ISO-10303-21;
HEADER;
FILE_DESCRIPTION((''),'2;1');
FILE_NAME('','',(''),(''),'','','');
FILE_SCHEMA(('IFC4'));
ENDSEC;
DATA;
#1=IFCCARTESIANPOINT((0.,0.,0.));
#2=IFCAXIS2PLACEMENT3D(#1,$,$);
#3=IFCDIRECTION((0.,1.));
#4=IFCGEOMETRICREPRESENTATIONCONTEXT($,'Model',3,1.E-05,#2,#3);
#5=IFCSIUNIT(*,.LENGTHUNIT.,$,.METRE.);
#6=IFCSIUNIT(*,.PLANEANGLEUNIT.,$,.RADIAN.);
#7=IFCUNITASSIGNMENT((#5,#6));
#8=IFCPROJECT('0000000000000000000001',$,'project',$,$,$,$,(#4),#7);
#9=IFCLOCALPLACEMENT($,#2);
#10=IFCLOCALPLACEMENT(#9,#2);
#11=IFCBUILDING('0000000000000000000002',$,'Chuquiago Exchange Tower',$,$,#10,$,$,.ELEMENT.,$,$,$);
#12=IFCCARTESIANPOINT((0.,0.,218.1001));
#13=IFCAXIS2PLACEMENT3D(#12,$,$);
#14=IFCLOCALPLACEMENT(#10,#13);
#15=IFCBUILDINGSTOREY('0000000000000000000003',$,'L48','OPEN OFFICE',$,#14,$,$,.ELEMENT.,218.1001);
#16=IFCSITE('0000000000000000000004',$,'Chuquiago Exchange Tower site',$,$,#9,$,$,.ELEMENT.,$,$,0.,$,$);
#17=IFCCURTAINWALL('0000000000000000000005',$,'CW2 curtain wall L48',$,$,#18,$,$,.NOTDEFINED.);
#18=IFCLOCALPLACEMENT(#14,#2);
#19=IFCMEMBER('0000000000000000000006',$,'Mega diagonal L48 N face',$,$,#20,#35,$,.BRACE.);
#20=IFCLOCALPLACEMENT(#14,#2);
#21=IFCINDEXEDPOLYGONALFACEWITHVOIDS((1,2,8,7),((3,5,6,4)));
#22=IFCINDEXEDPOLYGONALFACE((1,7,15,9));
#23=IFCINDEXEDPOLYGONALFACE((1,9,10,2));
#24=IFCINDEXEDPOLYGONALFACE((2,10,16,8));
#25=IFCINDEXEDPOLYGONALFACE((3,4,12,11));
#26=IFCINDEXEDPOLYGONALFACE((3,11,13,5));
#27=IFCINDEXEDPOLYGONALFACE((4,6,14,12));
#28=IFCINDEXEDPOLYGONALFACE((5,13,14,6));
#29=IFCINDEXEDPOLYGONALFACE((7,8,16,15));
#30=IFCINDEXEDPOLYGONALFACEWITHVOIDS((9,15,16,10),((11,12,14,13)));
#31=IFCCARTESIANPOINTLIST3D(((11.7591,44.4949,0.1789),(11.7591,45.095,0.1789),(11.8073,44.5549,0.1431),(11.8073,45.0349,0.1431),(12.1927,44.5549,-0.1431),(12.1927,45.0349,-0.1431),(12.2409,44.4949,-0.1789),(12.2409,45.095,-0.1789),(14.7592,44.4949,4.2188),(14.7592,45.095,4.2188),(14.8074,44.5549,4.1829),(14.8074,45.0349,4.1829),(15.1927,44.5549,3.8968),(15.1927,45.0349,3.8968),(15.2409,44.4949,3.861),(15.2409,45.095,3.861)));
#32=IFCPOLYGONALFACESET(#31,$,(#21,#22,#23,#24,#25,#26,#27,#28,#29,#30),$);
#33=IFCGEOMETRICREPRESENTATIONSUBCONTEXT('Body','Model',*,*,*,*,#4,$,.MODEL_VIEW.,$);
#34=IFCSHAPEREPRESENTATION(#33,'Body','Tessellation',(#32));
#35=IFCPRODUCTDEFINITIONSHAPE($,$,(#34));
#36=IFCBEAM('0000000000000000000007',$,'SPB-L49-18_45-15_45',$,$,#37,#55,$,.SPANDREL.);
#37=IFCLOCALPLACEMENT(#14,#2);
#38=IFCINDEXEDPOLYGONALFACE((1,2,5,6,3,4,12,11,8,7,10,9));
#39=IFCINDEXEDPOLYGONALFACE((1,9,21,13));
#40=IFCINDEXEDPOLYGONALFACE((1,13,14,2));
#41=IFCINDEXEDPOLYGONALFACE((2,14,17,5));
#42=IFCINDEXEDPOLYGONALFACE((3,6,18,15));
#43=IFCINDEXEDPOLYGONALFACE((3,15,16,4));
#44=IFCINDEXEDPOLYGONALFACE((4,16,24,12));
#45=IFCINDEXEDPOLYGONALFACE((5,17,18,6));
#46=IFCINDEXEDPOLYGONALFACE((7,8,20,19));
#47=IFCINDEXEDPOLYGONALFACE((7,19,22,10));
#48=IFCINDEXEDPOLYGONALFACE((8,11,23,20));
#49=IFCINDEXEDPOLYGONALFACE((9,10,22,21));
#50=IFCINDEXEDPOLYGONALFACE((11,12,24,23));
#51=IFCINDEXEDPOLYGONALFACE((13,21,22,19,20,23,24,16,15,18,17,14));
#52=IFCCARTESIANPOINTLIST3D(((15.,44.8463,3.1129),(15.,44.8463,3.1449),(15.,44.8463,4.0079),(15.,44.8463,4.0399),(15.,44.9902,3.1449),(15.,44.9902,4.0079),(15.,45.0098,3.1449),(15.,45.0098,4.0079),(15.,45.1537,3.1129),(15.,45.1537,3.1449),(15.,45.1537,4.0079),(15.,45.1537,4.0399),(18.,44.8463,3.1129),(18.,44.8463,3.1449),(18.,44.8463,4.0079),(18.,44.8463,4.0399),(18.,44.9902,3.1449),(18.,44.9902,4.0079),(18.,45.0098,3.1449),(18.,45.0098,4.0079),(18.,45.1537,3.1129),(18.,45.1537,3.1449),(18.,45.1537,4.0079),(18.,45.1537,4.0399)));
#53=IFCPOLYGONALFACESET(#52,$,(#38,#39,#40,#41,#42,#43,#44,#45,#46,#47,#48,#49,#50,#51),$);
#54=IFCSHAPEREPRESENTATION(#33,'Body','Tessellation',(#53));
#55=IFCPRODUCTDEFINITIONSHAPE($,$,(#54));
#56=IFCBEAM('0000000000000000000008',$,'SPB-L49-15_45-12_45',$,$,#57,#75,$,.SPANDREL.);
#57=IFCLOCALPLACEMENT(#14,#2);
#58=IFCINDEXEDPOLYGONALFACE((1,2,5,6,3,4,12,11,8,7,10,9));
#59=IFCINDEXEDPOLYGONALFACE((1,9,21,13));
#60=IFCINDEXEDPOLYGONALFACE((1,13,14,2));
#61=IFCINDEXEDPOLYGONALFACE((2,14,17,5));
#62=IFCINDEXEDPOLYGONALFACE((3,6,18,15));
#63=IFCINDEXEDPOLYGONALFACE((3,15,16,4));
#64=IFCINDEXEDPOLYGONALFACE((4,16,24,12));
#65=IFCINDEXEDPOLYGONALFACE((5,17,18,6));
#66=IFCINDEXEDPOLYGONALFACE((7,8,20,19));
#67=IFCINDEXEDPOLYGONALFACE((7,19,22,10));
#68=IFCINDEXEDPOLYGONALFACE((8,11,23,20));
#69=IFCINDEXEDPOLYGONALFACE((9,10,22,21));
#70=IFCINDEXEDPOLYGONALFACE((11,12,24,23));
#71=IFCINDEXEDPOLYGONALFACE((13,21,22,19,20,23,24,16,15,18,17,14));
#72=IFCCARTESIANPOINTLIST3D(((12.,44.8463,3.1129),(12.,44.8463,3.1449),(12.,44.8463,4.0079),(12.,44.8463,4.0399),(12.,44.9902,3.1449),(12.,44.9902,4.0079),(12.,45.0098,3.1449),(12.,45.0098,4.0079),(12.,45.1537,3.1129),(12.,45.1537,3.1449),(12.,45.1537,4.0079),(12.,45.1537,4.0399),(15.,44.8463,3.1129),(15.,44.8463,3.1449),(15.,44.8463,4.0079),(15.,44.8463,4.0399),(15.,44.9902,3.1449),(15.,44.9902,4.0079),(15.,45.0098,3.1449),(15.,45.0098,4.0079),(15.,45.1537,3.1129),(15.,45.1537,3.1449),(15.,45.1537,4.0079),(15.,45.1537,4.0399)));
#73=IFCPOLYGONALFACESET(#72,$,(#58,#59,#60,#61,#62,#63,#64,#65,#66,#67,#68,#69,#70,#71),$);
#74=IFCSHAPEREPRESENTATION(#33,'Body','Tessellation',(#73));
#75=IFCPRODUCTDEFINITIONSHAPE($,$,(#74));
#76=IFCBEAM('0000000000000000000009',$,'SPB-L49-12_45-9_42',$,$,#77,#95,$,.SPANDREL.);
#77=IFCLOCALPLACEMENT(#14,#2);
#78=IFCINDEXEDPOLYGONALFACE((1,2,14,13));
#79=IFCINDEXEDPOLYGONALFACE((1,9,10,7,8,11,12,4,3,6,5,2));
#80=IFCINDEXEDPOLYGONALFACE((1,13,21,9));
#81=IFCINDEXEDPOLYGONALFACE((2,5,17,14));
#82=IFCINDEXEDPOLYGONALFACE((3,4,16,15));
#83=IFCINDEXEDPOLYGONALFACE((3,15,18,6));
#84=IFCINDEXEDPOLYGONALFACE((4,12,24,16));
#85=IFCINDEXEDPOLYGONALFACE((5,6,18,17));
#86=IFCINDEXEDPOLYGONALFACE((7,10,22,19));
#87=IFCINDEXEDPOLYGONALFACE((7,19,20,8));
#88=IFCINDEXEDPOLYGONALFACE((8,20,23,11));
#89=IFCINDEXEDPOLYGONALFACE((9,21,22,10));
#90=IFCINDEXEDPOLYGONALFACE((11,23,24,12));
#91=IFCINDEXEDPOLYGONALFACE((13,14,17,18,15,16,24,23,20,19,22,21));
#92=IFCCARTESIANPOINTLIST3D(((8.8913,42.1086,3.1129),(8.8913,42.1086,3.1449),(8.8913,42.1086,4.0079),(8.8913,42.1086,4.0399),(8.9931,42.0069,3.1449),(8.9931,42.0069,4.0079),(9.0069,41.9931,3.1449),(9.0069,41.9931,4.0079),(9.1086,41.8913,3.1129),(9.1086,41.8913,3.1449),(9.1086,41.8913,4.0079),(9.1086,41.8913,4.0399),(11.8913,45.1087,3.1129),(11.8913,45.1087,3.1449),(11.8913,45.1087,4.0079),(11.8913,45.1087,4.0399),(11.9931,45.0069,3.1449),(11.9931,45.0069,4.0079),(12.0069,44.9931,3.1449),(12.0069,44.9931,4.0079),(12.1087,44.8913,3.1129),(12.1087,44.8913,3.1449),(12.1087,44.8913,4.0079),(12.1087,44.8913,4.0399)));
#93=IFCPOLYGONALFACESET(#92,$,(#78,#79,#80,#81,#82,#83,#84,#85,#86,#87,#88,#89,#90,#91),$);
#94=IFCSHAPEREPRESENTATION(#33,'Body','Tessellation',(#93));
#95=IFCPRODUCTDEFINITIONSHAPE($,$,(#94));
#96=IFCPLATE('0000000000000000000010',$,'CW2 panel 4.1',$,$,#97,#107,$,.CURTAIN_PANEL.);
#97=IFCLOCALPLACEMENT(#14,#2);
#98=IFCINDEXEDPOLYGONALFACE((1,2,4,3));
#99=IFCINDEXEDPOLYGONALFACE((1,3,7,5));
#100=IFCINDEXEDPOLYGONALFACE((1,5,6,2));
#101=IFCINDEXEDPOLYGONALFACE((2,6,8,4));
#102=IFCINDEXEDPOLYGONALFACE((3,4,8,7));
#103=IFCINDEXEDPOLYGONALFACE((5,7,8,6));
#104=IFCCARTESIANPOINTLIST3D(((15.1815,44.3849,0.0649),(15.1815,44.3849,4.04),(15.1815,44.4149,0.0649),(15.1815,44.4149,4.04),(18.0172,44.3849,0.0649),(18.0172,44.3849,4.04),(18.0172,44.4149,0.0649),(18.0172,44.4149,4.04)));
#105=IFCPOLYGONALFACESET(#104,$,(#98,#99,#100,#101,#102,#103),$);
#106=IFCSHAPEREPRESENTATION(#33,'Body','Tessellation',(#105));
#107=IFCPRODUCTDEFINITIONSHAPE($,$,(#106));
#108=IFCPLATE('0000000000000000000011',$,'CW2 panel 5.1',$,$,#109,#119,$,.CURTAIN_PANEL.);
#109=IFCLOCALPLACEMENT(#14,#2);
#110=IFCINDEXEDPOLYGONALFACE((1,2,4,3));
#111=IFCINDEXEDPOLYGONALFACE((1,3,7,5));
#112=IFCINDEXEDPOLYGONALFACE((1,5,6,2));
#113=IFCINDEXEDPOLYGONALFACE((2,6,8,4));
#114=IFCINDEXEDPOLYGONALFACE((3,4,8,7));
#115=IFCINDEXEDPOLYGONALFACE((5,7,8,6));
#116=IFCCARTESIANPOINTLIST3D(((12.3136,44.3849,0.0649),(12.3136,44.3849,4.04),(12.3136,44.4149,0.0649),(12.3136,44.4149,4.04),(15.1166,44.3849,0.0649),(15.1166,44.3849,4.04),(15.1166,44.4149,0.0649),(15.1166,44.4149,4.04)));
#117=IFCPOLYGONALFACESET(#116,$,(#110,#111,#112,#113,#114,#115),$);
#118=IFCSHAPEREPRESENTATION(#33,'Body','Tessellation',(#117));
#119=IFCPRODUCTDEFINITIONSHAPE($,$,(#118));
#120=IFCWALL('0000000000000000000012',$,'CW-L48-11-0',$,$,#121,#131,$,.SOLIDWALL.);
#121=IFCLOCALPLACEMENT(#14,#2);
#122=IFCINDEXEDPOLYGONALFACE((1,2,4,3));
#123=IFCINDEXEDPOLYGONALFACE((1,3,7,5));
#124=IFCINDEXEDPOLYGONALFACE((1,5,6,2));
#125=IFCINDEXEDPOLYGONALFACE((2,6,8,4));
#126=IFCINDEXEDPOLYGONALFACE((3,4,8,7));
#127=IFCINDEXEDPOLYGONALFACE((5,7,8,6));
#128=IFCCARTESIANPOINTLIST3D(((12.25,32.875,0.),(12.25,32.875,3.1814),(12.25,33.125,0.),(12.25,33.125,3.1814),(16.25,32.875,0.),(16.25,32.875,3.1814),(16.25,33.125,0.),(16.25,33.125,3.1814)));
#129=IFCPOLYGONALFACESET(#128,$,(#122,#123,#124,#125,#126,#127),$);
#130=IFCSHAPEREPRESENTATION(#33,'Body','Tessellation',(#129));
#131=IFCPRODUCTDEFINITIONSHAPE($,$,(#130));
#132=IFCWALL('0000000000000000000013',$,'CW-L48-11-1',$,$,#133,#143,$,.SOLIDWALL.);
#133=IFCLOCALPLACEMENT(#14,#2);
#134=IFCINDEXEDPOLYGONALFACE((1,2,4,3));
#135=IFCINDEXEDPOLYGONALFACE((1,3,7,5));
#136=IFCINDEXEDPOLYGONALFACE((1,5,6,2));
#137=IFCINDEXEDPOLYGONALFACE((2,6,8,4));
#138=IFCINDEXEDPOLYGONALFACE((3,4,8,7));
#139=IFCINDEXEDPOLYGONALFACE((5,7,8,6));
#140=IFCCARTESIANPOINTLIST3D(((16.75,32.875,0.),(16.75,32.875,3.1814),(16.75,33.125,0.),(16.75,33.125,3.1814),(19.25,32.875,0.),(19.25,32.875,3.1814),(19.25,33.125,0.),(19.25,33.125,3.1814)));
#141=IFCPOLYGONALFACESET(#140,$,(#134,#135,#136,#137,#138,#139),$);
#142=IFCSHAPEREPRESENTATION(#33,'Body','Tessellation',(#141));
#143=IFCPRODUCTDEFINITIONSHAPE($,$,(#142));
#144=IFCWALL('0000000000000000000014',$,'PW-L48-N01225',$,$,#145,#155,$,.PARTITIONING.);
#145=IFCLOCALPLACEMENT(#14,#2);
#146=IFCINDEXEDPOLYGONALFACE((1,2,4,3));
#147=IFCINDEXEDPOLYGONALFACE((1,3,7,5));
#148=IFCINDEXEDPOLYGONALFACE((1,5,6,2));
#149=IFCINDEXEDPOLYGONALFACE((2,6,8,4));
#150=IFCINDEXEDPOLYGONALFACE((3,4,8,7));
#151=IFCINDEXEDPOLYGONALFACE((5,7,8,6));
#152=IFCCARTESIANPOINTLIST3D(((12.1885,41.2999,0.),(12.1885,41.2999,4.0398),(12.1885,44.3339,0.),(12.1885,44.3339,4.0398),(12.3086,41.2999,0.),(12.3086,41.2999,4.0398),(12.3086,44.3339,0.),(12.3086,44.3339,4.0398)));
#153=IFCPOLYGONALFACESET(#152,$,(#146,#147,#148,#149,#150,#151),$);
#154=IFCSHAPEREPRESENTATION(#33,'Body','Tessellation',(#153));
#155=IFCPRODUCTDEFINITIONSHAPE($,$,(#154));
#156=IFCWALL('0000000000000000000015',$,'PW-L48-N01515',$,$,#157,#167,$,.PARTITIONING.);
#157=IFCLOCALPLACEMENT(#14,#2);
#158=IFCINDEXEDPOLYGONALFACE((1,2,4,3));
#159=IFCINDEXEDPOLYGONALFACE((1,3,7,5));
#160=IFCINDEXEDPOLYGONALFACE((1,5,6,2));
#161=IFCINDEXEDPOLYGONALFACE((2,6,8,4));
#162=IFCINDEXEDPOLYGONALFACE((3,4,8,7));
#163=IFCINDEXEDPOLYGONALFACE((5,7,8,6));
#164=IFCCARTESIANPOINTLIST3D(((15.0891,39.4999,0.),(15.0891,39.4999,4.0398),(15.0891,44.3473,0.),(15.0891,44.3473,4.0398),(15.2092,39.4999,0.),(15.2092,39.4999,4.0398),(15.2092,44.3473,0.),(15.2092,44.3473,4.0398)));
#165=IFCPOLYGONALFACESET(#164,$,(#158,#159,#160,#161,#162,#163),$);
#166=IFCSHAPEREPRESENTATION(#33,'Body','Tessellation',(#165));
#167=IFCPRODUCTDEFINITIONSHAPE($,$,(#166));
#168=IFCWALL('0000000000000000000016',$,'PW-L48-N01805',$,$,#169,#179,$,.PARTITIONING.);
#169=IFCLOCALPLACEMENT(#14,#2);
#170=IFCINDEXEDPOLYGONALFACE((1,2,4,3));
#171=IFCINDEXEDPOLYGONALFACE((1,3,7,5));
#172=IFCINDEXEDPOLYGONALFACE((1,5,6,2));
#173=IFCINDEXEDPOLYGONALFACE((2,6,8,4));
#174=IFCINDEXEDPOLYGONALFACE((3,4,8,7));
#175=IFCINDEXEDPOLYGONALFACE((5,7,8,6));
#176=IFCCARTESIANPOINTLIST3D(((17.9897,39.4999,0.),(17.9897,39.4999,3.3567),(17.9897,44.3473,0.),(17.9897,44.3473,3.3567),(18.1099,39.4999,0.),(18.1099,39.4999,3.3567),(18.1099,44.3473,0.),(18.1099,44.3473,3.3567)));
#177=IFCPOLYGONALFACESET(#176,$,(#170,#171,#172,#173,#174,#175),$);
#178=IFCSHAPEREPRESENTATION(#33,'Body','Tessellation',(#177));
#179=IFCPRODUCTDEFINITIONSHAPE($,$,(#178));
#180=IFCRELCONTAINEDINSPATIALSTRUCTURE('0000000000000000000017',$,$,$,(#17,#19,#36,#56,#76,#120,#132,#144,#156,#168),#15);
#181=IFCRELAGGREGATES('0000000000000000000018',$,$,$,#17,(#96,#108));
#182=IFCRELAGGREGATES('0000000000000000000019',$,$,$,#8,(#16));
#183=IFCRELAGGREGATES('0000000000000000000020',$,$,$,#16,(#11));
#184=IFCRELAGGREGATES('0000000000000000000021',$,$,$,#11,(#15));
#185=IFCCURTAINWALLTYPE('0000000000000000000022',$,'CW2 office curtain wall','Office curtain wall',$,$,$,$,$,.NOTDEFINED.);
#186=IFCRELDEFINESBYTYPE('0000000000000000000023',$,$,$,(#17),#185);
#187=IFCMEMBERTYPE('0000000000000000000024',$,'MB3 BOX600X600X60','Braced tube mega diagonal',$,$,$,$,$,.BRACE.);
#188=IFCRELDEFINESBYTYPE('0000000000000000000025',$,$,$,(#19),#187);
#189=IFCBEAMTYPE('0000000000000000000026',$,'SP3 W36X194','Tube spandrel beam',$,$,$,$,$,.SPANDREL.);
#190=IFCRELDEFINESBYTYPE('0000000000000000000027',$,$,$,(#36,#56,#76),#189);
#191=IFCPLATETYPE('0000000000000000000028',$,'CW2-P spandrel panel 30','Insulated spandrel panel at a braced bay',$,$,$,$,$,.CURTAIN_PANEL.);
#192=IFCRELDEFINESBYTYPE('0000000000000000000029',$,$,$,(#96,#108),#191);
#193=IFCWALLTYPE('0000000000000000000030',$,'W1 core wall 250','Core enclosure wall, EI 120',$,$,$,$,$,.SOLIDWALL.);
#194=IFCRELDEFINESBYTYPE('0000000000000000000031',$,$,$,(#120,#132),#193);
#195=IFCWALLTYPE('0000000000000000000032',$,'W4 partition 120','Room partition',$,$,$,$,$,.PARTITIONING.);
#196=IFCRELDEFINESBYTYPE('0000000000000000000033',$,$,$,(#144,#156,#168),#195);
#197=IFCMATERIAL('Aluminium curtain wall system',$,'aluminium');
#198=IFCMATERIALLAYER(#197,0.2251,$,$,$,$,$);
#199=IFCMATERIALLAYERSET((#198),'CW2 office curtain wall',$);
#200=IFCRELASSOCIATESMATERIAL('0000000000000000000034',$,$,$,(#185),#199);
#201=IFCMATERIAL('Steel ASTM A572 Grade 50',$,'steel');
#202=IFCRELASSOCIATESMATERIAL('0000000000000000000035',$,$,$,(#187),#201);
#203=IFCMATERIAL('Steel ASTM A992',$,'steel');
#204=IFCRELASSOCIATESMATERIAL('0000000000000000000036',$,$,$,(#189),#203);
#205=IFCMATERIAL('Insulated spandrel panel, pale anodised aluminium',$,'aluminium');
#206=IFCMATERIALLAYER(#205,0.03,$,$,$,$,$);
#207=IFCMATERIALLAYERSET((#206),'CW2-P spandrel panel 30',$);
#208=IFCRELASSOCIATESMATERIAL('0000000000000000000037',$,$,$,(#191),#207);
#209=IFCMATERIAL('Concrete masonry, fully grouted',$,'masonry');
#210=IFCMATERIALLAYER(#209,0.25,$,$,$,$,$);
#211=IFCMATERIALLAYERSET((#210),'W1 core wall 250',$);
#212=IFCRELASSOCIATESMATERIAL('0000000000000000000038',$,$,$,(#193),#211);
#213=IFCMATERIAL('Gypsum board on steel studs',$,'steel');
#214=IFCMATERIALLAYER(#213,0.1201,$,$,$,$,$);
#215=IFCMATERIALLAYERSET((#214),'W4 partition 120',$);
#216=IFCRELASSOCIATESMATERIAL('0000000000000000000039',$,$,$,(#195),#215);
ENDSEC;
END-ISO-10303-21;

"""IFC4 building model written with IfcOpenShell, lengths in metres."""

from ifc_helpers import new_model, si_unit, direction, frame, frame_2d, origin, origin_2d, place, context, subcontext, project, spatial, rectangle, hollow_rectangle, i_section, extrude, material, layer, layer_set, material_profile, profile_set, type_object, element, aggregate, save


model = new_model("IFC4")

# Units and contexts
model_context = context("Model", 3, precision=1e-05, world=origin(), true_north=direction((0.0, 1.0)))
body_context = subcontext(model_context, "Body", "Model", "MODEL_VIEW")
ifc_project = project(units=[si_unit("LENGTHUNIT", "METRE"), si_unit("PLANEANGLEUNIT", "RADIAN")], contexts=[model_context])

# Site, building, storey
site_placement = place(None, origin())
site = spatial("IfcSite", under=ifc_project, at=site_placement, Name="Chuquiago Exchange Tower site", CompositionType="ELEMENT", RefElevation=0.0)
building_placement = place(site_placement, origin())
building = spatial("IfcBuilding", under=site, at=building_placement, Name="Chuquiago Exchange Tower", CompositionType="ELEMENT")
storey_placement = place(building_placement, frame((0.0, 0.0, 218.1001)))
storey = spatial("IfcBuildingStorey", under=building, at=storey_placement, Name="L48", Description="OPEN OFFICE", CompositionType="ELEMENT", Elevation=218.1001)

# Curtain wall
ifc_material_1 = material(Name="Aluminium curtain wall system", Category="aluminium")
ifc_layer_1 = layer(ifc_material_1, 0.2251)
ifc_layer_set_1 = layer_set([ifc_layer_1], Name="CW2 office curtain wall")
curtain_wall_type_1 = type_object("IfcCurtainWallType", Name="CW2 office curtain wall", Description="Office curtain wall", PredefinedType="NOTDEFINED", material=ifc_layer_set_1)
curtain_wall_1_placement = place(storey_placement, origin())
curtain_wall_1 = element("IfcCurtainWall", 1, at=curtain_wall_1_placement, inside=storey, type_object=curtain_wall_type_1, Name="CW2 curtain wall L48", PredefinedType="NOTDEFINED")

# Member
ifc_material_2 = material(Name="Steel ASTM A572 Grade 50", Category="steel")
ifc_material_profile_1 = material_profile(ifc_material_2, hollow_rectangle(XDim=0.6001, YDim=0.6001, WallThickness=0.0601, at=origin_2d()), Name="BOX600X600X60")
ifc_profile_set_1 = profile_set([ifc_material_profile_1], Name="Steel ASTM A572 Grade 50")
member_type_1 = type_object("IfcMemberType", Name="MB3 BOX600X600X60", Description="Braced tube mega diagonal", PredefinedType="BRACE", material=ifc_profile_set_1)
for number, where, z_axis, x_axis, name in (
    (2, (12.0, 44.7949, 0.0), (0.596197, 0.0, 0.802838), (0.0, 1.0, 0.0), "Mega diagonal L48 N face"),
):
    element("IfcMember", number, at=place(storey_placement, frame(where, z_axis=z_axis, x_axis=x_axis)), inside=storey, type_object=member_type_1, Name=name, PredefinedType="BRACE", context=body_context, shape_type="SweptSolid", body=[
        extrude(hollow_rectangle(XDim=0.6001, YDim=0.6001, WallThickness=0.0601, at=origin_2d()), origin(), (0.0, 0.0, 1.0), 5.032),
    ])

# Beams
ifc_material_3 = material(Name="Steel ASTM A992", Category="steel")
ifc_material_profile_2 = material_profile(ifc_material_3, i_section(OverallWidth=0.3074, OverallDepth=0.927, WebThickness=0.0195, FlangeThickness=0.032, at=origin_2d()), Name="W36X194")
ifc_profile_set_2 = profile_set([ifc_material_profile_2], Name="Steel ASTM A992")
beam_type_1 = type_object("IfcBeamType", Name="SP3 W36X194", Description="Tube spandrel beam", PredefinedType="SPANDREL", material=ifc_profile_set_2)
for number, where, z_axis, x_axis, name in (
    (3, (18.0, 45.0, 3.5764), (-1.0, 0.0, 0.0), (0.0, -1.0, 0.0), "SPB-L49-18_45-15_45"),
    (4, (15.0, 45.0, 3.5764), (-1.0, 0.0, 0.0), (0.0, -1.0, 0.0), "SPB-L49-15_45-12_45"),
):
    element("IfcBeam", number, at=place(storey_placement, frame(where, z_axis=z_axis, x_axis=x_axis)), inside=storey, type_object=beam_type_1, Name=name, PredefinedType="SPANDREL", context=body_context, shape_type="SweptSolid", body=[
        extrude(i_section(OverallWidth=0.3074, OverallDepth=0.927, WebThickness=0.0195, FlangeThickness=0.032, at=origin_2d()), origin(), (0.0, 0.0, 1.0), 3.0),
    ])
beam_1_placement = place(storey_placement, frame((12.0, 45.0, 3.5764), z_axis=(-0.707107, -0.707107, 0.0), x_axis=(0.707107, -0.707107, 0.0)))
element("IfcBeam", 5, at=beam_1_placement, inside=storey, type_object=beam_type_1, Name="SPB-L49-12_45-9_42", PredefinedType="SPANDREL", context=body_context, shape_type="SweptSolid", body=[
    extrude(i_section(OverallWidth=0.3074, OverallDepth=0.927, WebThickness=0.0195, FlangeThickness=0.032, at=origin_2d()), origin(), (0.0, 0.0, 1.0), 4.2427),
])

# Plates
ifc_material_4 = material(Name="Insulated spandrel panel, pale anodised aluminium", Category="aluminium")
ifc_layer_2 = layer(ifc_material_4, 0.03)
ifc_layer_set_2 = layer_set([ifc_layer_2], Name="CW2-P spandrel panel 30")
plate_type = type_object("IfcPlateType", Name="CW2-P spandrel panel 30", Description="Insulated spandrel panel at a braced bay", PredefinedType="CURTAIN_PANEL", material=ifc_layer_set_2)
plate_1_placement = place(storey_placement, frame((16.5994, 44.3999, 0.0649), z_axis=(0.0, 0.0, 1.0), x_axis=(-1.0, 0.0, 0.0)))
plate_1 = element("IfcPlate", 6, at=plate_1_placement, type_object=plate_type, Name="CW2 panel 4.1", PredefinedType="CURTAIN_PANEL", context=body_context, shape_type="SweptSolid", body=[
    extrude(rectangle(XDim=2.8357, YDim=0.03, at=origin_2d()), origin(), (0.0, 0.0, 1.0), 3.9751),
])
plate_2_placement = place(storey_placement, frame((13.7151, 44.3999, 0.0649), z_axis=(0.0, 0.0, 1.0), x_axis=(-1.0, 0.0, 0.0)))
plate_2 = element("IfcPlate", 7, at=plate_2_placement, type_object=plate_type, Name="CW2 panel 5.1", PredefinedType="CURTAIN_PANEL", context=body_context, shape_type="SweptSolid", body=[
    extrude(rectangle(XDim=2.803, YDim=0.03, at=origin_2d()), origin(), (0.0, 0.0, 1.0), 3.9751),
])
aggregate(curtain_wall_1, [plate_1, plate_2])

# Walls
ifc_material_5 = material(Name="Concrete masonry, fully grouted", Category="masonry")
ifc_layer_3 = layer(ifc_material_5, 0.25)
ifc_layer_set_3 = layer_set([ifc_layer_3], Name="W1 core wall 250")
wall_type_1 = type_object("IfcWallType", Name="W1 core wall 250", Description="Core enclosure wall, EI 120", PredefinedType="SOLIDWALL", material=ifc_layer_set_3)
wall_1_placement = place(storey_placement, frame((12.25, 33.0, 0.0), z_axis=(0.0, 0.0, 1.0), x_axis=(1.0, 0.0, 0.0)))
element("IfcWall", 8, at=wall_1_placement, inside=storey, type_object=wall_type_1, Name="CW-L48-11-0", PredefinedType="SOLIDWALL", context=body_context, shape_type="SweptSolid", body=[
    extrude(rectangle(XDim=4.0, YDim=0.25, at=frame_2d((2.0, 0.0))), origin(), (0.0, 0.0, 1.0), 3.1814),
])
wall_2_placement = place(storey_placement, frame((16.75, 33.0, 0.0), z_axis=(0.0, 0.0, 1.0), x_axis=(1.0, 0.0, 0.0)))
element("IfcWall", 9, at=wall_2_placement, inside=storey, type_object=wall_type_1, Name="CW-L48-11-1", PredefinedType="SOLIDWALL", context=body_context, shape_type="SweptSolid", body=[
    extrude(rectangle(XDim=2.5, YDim=0.25, at=frame_2d((1.25, 0.0))), origin(), (0.0, 0.0, 1.0), 3.1814),
])
ifc_material_6 = material(Name="Gypsum board on steel studs", Category="steel")
ifc_layer_4 = layer(ifc_material_6, 0.1201)
ifc_layer_set_4 = layer_set([ifc_layer_4], Name="W4 partition 120")
wall_type_2 = type_object("IfcWallType", Name="W4 partition 120", Description="Room partition", PredefinedType="PARTITIONING", material=ifc_layer_set_4)
wall_3_placement = place(storey_placement, frame((12.2485, 44.334, 0.0), z_axis=(0.0, 0.0, 1.0), x_axis=(0.0, -1.0, 0.0)))
element("IfcWall", 10, at=wall_3_placement, inside=storey, type_object=wall_type_2, Name="PW-L48-N01225", PredefinedType="PARTITIONING", context=body_context, shape_type="SweptSolid", body=[
    extrude(rectangle(XDim=3.0339, YDim=0.1201, at=frame_2d((1.5171, 0.0))), origin(), (0.0, 0.0, 1.0), 4.0398),
])
wall_4_placement = place(storey_placement, frame((15.1492, 44.3474, 0.0), z_axis=(0.0, 0.0, 1.0), x_axis=(0.0, -1.0, 0.0)))
element("IfcWall", 11, at=wall_4_placement, inside=storey, type_object=wall_type_2, Name="PW-L48-N01515", PredefinedType="PARTITIONING", context=body_context, shape_type="SweptSolid", body=[
    extrude(rectangle(XDim=4.8474, YDim=0.1201, at=frame_2d((2.4238, 0.0))), origin(), (0.0, 0.0, 1.0), 4.0398),
])
wall_5_placement = place(storey_placement, frame((18.0498, 44.3474, 0.0), z_axis=(0.0, 0.0, 1.0), x_axis=(0.0, -1.0, 0.0)))
element("IfcWall", 12, at=wall_5_placement, inside=storey, type_object=wall_type_2, Name="PW-L48-N01805", PredefinedType="PARTITIONING", context=body_context, shape_type="SweptSolid", body=[
    extrude(rectangle(XDim=4.8474, YDim=0.1201, at=frame_2d((2.4238, 0.0))), origin(), (0.0, 0.0, 1.0), 3.3567),
])

save(model, "model.ifc")
